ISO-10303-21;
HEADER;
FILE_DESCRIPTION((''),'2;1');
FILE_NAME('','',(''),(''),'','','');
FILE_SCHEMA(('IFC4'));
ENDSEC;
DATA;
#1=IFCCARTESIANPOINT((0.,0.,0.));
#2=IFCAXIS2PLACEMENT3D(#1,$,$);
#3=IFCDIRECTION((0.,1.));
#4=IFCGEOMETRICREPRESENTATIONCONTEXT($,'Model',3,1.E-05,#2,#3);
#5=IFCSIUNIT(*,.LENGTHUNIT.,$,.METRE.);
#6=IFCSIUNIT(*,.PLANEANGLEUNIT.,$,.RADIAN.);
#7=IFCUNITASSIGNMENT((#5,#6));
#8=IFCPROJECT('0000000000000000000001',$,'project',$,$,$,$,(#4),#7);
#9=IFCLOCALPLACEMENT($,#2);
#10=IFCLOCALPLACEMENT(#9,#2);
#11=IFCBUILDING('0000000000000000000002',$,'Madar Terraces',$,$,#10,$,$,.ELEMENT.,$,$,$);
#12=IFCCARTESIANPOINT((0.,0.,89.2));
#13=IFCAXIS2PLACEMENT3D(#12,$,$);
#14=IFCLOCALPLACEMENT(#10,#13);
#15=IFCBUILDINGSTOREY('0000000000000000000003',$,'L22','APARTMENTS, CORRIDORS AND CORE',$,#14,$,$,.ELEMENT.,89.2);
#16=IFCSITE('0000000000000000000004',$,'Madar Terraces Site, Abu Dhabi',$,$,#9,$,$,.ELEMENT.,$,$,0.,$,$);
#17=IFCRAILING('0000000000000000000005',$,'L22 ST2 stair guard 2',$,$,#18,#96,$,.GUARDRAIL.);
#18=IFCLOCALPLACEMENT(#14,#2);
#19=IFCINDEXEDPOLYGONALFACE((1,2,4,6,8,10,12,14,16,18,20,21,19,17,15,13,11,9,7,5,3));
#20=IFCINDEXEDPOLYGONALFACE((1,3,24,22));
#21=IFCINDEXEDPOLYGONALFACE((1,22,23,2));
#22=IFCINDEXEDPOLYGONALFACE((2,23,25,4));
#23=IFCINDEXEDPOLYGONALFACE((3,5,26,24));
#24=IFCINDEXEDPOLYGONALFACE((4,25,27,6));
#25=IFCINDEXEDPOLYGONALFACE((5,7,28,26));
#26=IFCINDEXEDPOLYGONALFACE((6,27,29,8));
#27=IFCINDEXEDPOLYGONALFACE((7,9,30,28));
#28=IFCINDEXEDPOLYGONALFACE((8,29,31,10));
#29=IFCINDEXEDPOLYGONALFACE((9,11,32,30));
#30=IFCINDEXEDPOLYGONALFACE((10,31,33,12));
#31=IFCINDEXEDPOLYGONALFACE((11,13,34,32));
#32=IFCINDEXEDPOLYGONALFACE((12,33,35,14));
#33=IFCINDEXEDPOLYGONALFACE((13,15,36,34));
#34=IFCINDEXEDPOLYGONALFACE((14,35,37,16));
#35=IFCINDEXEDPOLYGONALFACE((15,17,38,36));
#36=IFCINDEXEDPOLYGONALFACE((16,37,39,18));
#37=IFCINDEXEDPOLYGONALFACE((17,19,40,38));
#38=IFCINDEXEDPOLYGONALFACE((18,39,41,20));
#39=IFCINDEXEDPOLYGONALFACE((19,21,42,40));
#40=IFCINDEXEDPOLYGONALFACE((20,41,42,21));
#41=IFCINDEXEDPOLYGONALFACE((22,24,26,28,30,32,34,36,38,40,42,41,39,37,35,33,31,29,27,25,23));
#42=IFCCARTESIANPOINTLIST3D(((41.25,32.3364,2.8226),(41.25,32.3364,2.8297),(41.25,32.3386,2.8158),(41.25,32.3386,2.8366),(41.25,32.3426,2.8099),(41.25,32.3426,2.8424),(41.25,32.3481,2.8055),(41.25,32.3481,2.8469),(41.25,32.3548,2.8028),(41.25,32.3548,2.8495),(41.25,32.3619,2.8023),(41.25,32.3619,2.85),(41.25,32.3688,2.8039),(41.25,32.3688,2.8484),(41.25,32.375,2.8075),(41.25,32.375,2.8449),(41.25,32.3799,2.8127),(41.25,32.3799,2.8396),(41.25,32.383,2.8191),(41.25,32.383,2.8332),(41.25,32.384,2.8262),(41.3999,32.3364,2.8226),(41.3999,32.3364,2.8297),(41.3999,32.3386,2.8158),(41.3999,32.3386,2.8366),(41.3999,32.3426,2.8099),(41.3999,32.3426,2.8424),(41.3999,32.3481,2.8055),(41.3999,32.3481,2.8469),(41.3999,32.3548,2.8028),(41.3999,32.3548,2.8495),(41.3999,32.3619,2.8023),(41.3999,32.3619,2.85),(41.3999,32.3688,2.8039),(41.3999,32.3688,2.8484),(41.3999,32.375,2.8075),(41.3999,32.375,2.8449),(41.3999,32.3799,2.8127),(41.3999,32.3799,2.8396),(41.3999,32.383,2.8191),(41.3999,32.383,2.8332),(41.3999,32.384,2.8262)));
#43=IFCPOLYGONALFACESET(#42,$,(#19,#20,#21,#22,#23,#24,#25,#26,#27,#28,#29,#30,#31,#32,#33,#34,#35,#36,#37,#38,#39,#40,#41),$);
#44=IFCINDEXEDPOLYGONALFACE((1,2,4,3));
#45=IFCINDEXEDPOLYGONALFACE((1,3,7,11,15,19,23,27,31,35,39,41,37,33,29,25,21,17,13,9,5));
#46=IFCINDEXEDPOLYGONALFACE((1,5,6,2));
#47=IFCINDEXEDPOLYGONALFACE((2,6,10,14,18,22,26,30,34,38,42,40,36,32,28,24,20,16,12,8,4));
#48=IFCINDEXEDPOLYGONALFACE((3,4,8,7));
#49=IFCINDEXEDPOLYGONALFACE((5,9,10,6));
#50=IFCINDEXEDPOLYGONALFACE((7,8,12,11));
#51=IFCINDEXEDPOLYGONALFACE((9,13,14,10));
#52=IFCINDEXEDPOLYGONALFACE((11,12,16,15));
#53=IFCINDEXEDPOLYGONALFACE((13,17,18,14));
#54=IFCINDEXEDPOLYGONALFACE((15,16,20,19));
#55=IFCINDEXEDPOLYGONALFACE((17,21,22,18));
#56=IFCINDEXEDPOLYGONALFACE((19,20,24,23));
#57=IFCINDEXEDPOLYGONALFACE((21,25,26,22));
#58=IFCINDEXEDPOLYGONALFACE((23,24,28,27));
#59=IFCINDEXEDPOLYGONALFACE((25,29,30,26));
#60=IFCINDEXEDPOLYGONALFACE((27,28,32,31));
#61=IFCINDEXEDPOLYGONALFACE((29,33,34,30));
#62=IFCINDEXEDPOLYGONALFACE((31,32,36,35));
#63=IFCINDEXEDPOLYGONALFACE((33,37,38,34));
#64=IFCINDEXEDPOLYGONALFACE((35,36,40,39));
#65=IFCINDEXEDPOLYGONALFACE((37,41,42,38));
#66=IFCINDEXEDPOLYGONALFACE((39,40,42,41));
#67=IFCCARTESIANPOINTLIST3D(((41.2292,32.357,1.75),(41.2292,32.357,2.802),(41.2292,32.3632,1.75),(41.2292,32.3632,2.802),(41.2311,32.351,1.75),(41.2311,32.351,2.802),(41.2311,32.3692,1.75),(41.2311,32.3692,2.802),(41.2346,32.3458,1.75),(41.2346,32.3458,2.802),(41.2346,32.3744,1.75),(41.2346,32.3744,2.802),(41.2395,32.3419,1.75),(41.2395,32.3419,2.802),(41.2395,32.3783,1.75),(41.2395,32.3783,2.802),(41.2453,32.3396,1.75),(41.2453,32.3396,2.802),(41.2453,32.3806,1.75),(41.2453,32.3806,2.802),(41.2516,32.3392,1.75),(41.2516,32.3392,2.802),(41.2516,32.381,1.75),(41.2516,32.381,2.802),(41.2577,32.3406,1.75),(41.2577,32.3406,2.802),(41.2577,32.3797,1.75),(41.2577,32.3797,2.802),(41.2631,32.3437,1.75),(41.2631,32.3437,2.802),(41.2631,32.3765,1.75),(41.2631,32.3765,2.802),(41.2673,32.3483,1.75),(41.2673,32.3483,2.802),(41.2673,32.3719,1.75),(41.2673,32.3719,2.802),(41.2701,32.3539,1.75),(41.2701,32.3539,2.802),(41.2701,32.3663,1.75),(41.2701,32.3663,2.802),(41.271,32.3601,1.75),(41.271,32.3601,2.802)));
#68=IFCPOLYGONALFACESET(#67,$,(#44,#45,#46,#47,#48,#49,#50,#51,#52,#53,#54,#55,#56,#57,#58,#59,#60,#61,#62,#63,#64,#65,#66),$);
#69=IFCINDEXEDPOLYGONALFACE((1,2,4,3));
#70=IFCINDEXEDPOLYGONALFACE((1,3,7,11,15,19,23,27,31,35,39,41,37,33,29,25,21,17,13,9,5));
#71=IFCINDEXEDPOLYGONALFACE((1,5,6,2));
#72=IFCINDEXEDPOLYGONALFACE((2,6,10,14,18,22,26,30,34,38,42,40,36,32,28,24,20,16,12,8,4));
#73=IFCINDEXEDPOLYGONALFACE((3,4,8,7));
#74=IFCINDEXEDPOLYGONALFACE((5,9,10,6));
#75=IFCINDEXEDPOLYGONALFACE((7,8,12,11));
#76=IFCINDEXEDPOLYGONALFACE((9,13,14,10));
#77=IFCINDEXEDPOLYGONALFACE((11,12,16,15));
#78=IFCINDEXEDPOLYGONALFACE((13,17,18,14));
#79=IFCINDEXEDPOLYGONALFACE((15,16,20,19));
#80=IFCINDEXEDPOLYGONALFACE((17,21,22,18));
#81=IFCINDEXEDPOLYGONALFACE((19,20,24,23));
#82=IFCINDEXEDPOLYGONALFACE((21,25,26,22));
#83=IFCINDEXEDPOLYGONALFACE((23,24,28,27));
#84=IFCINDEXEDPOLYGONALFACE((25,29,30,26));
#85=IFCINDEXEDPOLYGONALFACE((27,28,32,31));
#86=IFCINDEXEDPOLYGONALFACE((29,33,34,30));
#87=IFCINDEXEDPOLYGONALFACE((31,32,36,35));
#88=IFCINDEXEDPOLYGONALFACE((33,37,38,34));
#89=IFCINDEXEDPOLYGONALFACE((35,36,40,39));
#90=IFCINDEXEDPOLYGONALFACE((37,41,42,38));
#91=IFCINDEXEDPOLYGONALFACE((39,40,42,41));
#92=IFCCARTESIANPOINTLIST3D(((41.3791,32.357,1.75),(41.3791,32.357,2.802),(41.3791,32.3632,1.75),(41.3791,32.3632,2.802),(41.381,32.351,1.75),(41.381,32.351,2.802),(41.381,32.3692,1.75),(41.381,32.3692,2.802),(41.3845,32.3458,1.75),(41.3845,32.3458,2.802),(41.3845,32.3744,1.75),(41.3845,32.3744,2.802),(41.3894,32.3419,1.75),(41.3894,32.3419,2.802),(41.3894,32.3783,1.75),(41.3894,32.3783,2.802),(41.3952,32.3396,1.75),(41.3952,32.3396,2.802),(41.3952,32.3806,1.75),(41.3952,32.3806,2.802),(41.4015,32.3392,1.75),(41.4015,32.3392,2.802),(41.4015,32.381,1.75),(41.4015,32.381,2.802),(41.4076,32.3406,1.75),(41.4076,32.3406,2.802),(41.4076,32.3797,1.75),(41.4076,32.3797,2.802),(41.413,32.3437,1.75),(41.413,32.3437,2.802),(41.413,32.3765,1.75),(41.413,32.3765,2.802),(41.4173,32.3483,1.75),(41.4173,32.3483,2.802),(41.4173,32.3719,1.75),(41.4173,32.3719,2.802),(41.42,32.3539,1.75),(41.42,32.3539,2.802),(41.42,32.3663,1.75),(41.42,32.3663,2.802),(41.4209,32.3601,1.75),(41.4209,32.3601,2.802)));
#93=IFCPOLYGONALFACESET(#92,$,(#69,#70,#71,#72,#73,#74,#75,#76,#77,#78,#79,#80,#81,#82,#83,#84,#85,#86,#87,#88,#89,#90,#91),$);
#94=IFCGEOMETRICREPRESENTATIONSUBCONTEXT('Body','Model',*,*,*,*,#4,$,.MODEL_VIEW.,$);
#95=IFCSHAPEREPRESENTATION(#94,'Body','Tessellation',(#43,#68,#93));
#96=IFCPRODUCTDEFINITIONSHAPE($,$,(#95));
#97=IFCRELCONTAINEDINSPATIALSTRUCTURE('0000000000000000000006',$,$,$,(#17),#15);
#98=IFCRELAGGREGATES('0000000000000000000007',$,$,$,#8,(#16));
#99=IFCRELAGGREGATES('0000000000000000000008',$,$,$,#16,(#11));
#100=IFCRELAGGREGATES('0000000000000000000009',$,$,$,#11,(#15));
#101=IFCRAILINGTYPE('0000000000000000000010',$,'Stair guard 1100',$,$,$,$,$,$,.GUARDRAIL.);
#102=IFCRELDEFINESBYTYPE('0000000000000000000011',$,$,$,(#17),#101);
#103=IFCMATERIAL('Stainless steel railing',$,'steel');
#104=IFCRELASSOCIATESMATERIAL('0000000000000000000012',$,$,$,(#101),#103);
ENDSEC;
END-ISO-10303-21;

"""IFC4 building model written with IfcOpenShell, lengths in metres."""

from ifc_helpers import new_model, si_unit, direction, frame, origin, origin_2d, place, context, subcontext, project, spatial, circle, extrude, material, type_object, element, save


model = new_model("IFC4")

# Units and contexts
model_context = context("Model", 3, precision=1e-05, world=origin(), true_north=direction((0.0, 1.0)))
body_context = subcontext(model_context, "Body", "Model", "MODEL_VIEW")
ifc_project = project(units=[si_unit("LENGTHUNIT", "METRE"), si_unit("PLANEANGLEUNIT", "RADIAN")], contexts=[model_context])

# Site, building, storey
site_placement = place(None, origin())
site = spatial("IfcSite", under=ifc_project, at=site_placement, Name="Madar Terraces Site, Abu Dhabi", CompositionType="ELEMENT", RefElevation=0.0)
building_placement = place(site_placement, origin())
building = spatial("IfcBuilding", under=site, at=building_placement, Name="Madar Terraces", CompositionType="ELEMENT")
storey_placement = place(building_placement, frame((0.0, 0.0, 89.2)))
storey = spatial("IfcBuildingStorey", under=building, at=storey_placement, Name="L22", Description="APARTMENTS, CORRIDORS AND CORE", CompositionType="ELEMENT", Elevation=89.2)

# Railing
ifc_material_1 = material(Name="Stainless steel railing", Category="steel")
railing_type_1 = type_object("IfcRailingType", Name="Stair guard 1100", PredefinedType="GUARDRAIL", material=ifc_material_1)
railing_1_placement = place(storey_placement, frame((41.25, 32.3601, 1.75)))
element("IfcRailing", 1, at=railing_1_placement, inside=storey, type_object=railing_type_1, Name="L22 ST2 stair guard 2", PredefinedType="GUARDRAIL", context=body_context, shape_type="SweptSolid", body=[
    extrude(circle(Radius=0.0239, at=origin_2d()), frame((0.0, 0.0, 1.0762), z_axis=(1.0, 0.0, 0.0), x_axis=(0.0, 1.0, 0.0)), (0.0, 0.0, 1.0), 0.1499),
    extrude(circle(Radius=0.021, at=origin_2d()), origin(), (0.0, 0.0, 1.0), 1.052),
    extrude(circle(Radius=0.021, at=origin_2d()), frame((0.1499, 0.0, 0.0)), (0.0, 0.0, 1.0), 1.052),
])

save(model, "model.ifc")
